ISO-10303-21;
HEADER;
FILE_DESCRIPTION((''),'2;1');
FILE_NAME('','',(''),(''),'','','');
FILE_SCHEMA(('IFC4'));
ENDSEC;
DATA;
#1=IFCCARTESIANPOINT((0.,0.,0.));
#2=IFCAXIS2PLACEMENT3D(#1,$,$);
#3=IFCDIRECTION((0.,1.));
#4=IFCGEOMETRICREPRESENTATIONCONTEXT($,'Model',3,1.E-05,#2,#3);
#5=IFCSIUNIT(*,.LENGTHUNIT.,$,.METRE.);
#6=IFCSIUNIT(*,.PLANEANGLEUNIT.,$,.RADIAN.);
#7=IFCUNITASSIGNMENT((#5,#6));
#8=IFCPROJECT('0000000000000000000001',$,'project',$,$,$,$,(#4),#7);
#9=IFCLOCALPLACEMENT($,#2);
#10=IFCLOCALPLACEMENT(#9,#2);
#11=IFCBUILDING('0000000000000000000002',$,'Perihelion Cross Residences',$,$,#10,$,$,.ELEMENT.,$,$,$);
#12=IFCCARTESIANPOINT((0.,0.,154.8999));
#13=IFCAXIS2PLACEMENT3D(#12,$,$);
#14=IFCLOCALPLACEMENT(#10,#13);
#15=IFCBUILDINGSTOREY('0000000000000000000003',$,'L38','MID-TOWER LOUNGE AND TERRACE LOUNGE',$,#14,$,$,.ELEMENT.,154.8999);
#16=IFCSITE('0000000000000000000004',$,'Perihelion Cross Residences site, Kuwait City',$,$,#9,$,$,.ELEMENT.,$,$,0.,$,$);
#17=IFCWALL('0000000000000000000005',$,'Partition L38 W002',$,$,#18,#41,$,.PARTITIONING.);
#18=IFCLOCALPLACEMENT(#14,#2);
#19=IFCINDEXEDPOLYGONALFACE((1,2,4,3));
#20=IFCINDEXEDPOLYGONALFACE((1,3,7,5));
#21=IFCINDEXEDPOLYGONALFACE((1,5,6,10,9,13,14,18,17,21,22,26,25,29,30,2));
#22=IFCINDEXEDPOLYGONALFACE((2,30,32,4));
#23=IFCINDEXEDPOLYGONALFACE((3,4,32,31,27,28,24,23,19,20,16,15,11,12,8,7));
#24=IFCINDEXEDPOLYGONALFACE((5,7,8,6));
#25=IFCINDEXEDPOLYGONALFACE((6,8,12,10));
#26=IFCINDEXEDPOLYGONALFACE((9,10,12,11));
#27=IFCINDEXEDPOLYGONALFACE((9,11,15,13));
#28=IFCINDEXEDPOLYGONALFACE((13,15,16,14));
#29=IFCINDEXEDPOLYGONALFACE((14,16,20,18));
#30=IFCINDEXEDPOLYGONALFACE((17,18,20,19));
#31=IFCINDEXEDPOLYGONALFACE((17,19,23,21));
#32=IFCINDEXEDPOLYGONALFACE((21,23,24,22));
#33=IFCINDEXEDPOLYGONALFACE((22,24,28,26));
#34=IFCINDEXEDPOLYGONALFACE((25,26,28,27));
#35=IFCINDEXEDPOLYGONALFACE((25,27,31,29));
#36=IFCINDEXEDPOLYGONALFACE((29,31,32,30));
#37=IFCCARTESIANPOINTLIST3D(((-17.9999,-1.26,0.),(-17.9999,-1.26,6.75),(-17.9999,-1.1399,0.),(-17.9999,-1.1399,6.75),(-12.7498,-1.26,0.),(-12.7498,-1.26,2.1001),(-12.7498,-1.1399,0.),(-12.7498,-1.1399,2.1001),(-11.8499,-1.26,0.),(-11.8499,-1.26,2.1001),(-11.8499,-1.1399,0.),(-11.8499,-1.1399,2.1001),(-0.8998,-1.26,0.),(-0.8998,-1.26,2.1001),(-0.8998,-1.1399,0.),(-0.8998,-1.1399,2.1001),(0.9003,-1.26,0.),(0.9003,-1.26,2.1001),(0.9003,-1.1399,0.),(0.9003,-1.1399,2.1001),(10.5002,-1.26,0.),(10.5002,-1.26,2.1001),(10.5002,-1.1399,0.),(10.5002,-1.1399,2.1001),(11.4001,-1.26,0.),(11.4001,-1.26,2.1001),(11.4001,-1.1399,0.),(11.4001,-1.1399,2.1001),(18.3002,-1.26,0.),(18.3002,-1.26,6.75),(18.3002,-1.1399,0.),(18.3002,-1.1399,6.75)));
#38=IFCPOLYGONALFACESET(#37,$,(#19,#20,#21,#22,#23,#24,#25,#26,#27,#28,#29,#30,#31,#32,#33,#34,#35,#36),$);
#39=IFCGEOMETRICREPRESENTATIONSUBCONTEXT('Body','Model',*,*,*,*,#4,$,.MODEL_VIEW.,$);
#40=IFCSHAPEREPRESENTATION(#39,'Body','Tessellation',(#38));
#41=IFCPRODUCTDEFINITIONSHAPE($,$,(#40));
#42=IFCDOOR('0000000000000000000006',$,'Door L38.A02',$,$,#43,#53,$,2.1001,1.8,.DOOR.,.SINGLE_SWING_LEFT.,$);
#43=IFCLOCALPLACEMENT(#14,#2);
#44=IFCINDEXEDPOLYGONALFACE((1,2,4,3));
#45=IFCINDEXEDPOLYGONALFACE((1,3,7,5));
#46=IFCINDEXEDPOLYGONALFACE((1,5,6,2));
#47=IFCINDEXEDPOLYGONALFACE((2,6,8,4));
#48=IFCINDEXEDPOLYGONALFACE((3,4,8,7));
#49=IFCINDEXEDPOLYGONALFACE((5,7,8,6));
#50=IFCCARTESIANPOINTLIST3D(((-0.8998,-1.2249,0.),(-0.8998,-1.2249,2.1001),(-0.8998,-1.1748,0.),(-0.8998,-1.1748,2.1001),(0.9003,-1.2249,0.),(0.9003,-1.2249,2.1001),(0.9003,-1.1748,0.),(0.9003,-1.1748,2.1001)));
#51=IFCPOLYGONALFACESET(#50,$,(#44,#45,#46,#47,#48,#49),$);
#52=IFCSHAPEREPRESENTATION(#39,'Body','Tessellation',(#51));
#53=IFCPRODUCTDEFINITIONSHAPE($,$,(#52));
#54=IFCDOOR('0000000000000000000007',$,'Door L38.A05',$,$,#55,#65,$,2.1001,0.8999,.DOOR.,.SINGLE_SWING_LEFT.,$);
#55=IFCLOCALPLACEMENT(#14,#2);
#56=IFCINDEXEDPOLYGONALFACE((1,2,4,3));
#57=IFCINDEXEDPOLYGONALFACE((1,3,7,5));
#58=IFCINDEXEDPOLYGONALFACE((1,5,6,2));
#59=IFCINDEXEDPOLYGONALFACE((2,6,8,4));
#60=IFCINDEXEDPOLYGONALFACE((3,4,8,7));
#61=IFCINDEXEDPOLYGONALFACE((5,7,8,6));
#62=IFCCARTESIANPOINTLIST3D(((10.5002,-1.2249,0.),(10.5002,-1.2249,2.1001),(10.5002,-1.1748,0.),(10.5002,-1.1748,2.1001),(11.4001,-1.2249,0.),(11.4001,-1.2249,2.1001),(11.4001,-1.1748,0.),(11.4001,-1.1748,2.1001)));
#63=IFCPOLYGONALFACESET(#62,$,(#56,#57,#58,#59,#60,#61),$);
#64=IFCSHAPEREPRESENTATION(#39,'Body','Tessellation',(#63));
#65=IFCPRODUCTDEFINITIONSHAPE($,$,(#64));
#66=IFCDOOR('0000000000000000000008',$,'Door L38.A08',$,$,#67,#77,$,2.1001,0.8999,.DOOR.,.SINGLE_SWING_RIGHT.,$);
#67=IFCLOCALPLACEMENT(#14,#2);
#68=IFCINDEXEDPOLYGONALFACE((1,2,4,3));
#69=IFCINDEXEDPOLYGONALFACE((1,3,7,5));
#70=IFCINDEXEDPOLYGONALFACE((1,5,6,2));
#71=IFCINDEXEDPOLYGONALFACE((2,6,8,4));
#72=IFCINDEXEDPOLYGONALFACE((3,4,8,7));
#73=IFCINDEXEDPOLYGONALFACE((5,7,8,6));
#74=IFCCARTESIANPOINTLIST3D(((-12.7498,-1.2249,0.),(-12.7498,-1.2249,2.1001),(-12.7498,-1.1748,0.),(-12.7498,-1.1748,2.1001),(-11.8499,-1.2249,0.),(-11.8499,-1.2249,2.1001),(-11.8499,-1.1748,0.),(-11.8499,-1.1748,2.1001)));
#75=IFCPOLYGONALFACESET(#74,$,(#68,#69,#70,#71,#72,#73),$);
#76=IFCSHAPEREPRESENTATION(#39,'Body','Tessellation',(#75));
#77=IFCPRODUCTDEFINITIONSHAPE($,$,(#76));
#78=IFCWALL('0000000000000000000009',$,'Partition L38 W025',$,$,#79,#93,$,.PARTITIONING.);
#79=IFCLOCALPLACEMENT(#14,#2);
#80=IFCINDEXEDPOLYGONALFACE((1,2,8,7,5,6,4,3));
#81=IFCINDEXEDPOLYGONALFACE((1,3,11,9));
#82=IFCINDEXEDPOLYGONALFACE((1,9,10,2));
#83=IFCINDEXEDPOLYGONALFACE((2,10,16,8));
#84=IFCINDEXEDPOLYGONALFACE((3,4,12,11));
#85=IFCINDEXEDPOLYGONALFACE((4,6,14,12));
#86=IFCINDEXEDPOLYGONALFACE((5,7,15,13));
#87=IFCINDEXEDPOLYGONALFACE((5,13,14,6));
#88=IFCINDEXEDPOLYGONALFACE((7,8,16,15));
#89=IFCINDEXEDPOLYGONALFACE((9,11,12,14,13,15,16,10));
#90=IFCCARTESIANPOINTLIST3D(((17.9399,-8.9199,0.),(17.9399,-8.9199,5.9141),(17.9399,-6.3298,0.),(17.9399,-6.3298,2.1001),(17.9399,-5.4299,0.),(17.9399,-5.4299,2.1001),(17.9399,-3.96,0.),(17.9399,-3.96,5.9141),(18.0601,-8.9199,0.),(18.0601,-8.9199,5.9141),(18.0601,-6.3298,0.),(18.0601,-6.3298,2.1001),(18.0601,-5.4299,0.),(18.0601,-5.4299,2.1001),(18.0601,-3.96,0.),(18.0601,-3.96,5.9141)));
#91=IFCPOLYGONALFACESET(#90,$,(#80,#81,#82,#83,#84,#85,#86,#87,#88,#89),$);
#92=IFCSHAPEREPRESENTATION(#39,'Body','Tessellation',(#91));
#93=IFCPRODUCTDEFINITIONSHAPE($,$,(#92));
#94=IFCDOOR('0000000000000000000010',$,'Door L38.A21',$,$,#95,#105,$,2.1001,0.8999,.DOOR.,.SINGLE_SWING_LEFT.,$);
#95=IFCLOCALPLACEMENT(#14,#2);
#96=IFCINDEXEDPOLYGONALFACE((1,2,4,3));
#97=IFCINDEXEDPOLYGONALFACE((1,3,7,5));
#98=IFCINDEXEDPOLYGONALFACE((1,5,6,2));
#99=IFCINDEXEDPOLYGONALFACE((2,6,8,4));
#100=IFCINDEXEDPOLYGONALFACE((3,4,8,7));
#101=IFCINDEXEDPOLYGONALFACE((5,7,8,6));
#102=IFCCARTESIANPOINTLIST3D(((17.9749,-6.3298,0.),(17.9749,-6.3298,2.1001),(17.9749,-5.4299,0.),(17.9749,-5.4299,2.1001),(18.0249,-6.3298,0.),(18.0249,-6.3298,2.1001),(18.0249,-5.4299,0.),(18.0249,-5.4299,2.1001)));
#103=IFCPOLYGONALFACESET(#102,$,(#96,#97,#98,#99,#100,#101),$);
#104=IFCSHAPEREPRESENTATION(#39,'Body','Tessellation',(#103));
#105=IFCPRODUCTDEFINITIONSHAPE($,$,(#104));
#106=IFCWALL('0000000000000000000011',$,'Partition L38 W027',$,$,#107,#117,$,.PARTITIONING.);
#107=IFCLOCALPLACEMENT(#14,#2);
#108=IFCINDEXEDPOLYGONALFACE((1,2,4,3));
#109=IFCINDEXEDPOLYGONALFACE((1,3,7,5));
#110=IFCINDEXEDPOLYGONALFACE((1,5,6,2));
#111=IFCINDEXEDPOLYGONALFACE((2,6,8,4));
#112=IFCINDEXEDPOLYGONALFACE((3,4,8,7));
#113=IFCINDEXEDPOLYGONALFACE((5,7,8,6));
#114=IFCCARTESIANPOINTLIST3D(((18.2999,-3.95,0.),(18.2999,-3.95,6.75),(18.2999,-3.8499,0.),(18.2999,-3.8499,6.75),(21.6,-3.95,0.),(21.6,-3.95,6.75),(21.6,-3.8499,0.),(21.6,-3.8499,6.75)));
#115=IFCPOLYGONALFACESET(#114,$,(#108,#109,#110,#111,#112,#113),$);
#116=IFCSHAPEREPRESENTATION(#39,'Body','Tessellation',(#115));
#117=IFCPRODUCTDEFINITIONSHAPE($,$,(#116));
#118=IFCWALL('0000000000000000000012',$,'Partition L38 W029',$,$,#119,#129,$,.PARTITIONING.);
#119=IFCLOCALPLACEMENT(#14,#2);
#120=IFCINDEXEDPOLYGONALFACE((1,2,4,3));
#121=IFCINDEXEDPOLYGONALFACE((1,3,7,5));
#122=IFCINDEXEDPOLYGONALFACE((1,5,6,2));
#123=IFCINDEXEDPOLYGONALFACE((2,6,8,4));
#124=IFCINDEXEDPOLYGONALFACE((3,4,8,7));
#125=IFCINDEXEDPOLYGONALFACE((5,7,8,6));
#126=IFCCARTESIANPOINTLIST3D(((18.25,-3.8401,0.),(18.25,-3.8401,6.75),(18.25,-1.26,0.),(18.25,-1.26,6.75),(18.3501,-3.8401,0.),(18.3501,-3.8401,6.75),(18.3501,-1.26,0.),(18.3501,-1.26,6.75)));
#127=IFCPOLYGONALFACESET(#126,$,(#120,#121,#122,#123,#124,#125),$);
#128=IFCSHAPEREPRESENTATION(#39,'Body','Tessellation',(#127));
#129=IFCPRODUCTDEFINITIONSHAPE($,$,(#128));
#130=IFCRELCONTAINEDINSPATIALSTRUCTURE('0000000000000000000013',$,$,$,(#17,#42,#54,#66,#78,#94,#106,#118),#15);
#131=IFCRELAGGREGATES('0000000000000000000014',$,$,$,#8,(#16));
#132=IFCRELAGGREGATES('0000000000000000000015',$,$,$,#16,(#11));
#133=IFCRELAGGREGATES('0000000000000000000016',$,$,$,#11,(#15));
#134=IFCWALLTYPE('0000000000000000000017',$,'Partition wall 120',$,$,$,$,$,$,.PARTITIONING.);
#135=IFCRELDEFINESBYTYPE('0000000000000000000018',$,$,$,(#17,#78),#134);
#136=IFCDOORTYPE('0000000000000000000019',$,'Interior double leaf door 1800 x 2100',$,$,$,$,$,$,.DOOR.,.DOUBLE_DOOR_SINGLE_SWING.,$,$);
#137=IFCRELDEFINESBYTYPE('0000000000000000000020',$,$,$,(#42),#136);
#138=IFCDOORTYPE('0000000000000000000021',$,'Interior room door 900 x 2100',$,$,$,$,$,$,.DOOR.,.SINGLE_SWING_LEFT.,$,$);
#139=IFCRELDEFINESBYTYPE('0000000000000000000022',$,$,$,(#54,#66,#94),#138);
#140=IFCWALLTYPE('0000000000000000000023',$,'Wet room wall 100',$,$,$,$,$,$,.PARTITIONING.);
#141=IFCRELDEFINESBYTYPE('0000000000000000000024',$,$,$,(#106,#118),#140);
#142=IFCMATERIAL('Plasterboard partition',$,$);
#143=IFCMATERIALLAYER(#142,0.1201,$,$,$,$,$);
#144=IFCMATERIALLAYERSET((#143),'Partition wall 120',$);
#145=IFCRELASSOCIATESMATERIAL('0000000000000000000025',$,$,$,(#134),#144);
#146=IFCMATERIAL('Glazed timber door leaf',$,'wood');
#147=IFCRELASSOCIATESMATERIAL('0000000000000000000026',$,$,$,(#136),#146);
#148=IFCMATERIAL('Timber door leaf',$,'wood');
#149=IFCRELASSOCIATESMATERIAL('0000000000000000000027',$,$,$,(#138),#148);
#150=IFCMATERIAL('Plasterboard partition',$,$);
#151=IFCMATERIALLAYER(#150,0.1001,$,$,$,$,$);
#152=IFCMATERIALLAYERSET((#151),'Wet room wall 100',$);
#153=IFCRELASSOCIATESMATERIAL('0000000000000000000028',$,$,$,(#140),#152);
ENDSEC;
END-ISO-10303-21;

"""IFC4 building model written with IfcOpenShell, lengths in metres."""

from ifc_helpers import new_model, si_unit, direction, frame, frame_2d, origin, place, context, subcontext, project, spatial, rectangle, extrude, material, layer, layer_set, type_object, element, fill, save


model = new_model("IFC4")

# Units and contexts
model_context = context("Model", 3, precision=1e-05, world=origin(), true_north=direction((0.0, 1.0)))
body_context = subcontext(model_context, "Body", "Model", "MODEL_VIEW")
ifc_project = project(units=[si_unit("LENGTHUNIT", "METRE"), si_unit("PLANEANGLEUNIT", "RADIAN")], contexts=[model_context])

# Site, building, storey
site_placement = place(None, origin())
site = spatial("IfcSite", under=ifc_project, at=site_placement, Name="Perihelion Cross Residences site, Kuwait City", CompositionType="ELEMENT", RefElevation=0.0)
building_placement = place(site_placement, origin())
building = spatial("IfcBuilding", under=site, at=building_placement, Name="Perihelion Cross Residences", CompositionType="ELEMENT")
storey_placement = place(building_placement, frame((0.0, 0.0, 154.8999)))
storey = spatial("IfcBuildingStorey", under=building, at=storey_placement, Name="L38", Description="MID-TOWER LOUNGE AND TERRACE LOUNGE", CompositionType="ELEMENT", Elevation=154.8999)

# Wall, openings, doors
ifc_material_1 = material(Name="Plasterboard partition")
ifc_layer_1 = layer(ifc_material_1, 0.1201)
ifc_layer_set_1 = layer_set([ifc_layer_1], Name="Partition wall 120")
wall_type_1 = type_object("IfcWallType", Name="Partition wall 120", PredefinedType="PARTITIONING", material=ifc_layer_set_1)
wall_1_placement = place(storey_placement, frame((18.3, -1.2, 0.0), z_axis=(0.0, 0.0, 1.0), x_axis=(-1.0, 0.0, 0.0)))
wall_1 = element("IfcWall", 1, at=wall_1_placement, inside=storey, type_object=wall_type_1, Name="Partition L38 W002", PredefinedType="PARTITIONING", context=body_context, shape_type="SweptSolid", body=[
    extrude(rectangle(XDim=36.3, YDim=0.1201, at=frame_2d((18.1499, 0.0))), origin(), (0.0, 0.0, 1.0), 6.75),
])
opening_1_placement = place(wall_1_placement, frame((17.3999, 0.0, 0.0)))
opening_1 = element("IfcOpeningElement", 2, at=opening_1_placement, cuts=wall_1, PredefinedType="OPENING", context=body_context, shape_type="SweptSolid", body=[
    extrude(rectangle(XDim=1.8, YDim=2.1001, at=frame_2d((0.8999, 1.05))), frame((0.0, 0.0701, 0.0), z_axis=(0.0, -1.0, 0.0), x_axis=(1.0, 0.0, 0.0)), (0.0, 0.0, 1.0), 0.1401),
])
opening_2_placement = place(wall_1_placement, frame((6.8999, 0.0, 0.0)))
opening_2 = element("IfcOpeningElement", 3, at=opening_2_placement, cuts=wall_1, PredefinedType="OPENING", context=body_context, shape_type="SweptSolid", body=[
    extrude(rectangle(XDim=0.8999, YDim=2.1001, at=frame_2d((0.45, 1.05))), frame((0.0, 0.0701, 0.0), z_axis=(0.0, -1.0, 0.0), x_axis=(1.0, 0.0, 0.0)), (0.0, 0.0, 1.0), 0.1401),
])
opening_3_placement = place(wall_1_placement, frame((30.1499, 0.0, 0.0)))
opening_3 = element("IfcOpeningElement", 4, at=opening_3_placement, cuts=wall_1, PredefinedType="OPENING", context=body_context, shape_type="SweptSolid", body=[
    extrude(rectangle(XDim=0.8999, YDim=2.1001, at=frame_2d((0.45, 1.05))), frame((0.0, 0.0701, 0.0), z_axis=(0.0, -1.0, 0.0), x_axis=(1.0, 0.0, 0.0)), (0.0, 0.0, 1.0), 0.1401),
])
ifc_material_2 = material(Name="Glazed timber door leaf", Category="wood")
door_type_1 = type_object("IfcDoorType", Name="Interior double leaf door 1800 x 2100", OperationType="DOUBLE_DOOR_SINGLE_SWING", PredefinedType="DOOR", material=ifc_material_2)
door_1_placement = place(opening_1_placement, origin())
door_1 = element("IfcDoor", 5, at=door_1_placement, inside=storey, type_object=door_type_1, Name="Door L38.A02", OperationType="SINGLE_SWING_LEFT", OverallHeight=2.1001, OverallWidth=1.8, PredefinedType="DOOR", context=body_context, shape_type="SweptSolid", body=[
    extrude(rectangle(XDim=1.8, YDim=2.1001, at=frame_2d((0.8999, 1.05))), frame((0.0, 0.0249, 0.0), z_axis=(0.0, -1.0, 0.0), x_axis=(1.0, 0.0, 0.0)), (0.0, 0.0, 1.0), 0.05),
])
fill(opening_1, door_1)
ifc_material_3 = material(Name="Timber door leaf", Category="wood")
door_type_2 = type_object("IfcDoorType", Name="Interior room door 900 x 2100", OperationType="SINGLE_SWING_LEFT", PredefinedType="DOOR", material=ifc_material_3)
door_2_placement = place(opening_2_placement, origin())
door_2 = element("IfcDoor", 6, at=door_2_placement, inside=storey, type_object=door_type_2, Name="Door L38.A05", OperationType="SINGLE_SWING_LEFT", OverallHeight=2.1001, OverallWidth=0.8999, PredefinedType="DOOR", context=body_context, shape_type="SweptSolid", body=[
    extrude(rectangle(XDim=0.8999, YDim=2.1001, at=frame_2d((0.45, 1.05))), frame((0.0, 0.0249, 0.0), z_axis=(0.0, -1.0, 0.0), x_axis=(1.0, 0.0, 0.0)), (0.0, 0.0, 1.0), 0.05),
])
fill(opening_2, door_2)
door_3_placement = place(opening_3_placement, origin())
door_3 = element("IfcDoor", 7, at=door_3_placement, inside=storey, type_object=door_type_2, Name="Door L38.A08", OperationType="SINGLE_SWING_RIGHT", OverallHeight=2.1001, OverallWidth=0.8999, PredefinedType="DOOR", context=body_context, shape_type="SweptSolid", body=[
    extrude(rectangle(XDim=0.8999, YDim=2.1001, at=frame_2d((0.45, 1.05))), frame((0.0, 0.0249, 0.0), z_axis=(0.0, -1.0, 0.0), x_axis=(1.0, 0.0, 0.0)), (0.0, 0.0, 1.0), 0.05),
])
fill(opening_3, door_3)

# Wall, opening, door
wall_2_placement = place(storey_placement, frame((18.0, -3.96, 0.0), z_axis=(0.0, 0.0, 1.0), x_axis=(0.0, -1.0, 0.0)))
wall_2 = element("IfcWall", 8, at=wall_2_placement, inside=storey, type_object=wall_type_1, Name="Partition L38 W025", PredefinedType="PARTITIONING", context=body_context, shape_type="SweptSolid", body=[
    extrude(rectangle(XDim=4.96, YDim=0.1201, at=frame_2d((2.48, 0.0))), origin(), (0.0, 0.0, 1.0), 5.9141),
])
opening_4_placement = place(wall_2_placement, frame((1.47, 0.0, 0.0)))
opening_4 = element("IfcOpeningElement", 9, at=opening_4_placement, cuts=wall_2, PredefinedType="OPENING", context=body_context, shape_type="SweptSolid", body=[
    extrude(rectangle(XDim=0.8999, YDim=2.1001, at=frame_2d((0.45, 1.05))), frame((0.0, 0.0701, 0.0), z_axis=(0.0, -1.0, 0.0), x_axis=(1.0, 0.0, 0.0)), (0.0, 0.0, 1.0), 0.1401),
])
door_4_placement = place(opening_4_placement, origin())
door_4 = element("IfcDoor", 10, at=door_4_placement, inside=storey, type_object=door_type_2, Name="Door L38.A21", OperationType="SINGLE_SWING_LEFT", OverallHeight=2.1001, OverallWidth=0.8999, PredefinedType="DOOR", context=body_context, shape_type="SweptSolid", body=[
    extrude(rectangle(XDim=0.8999, YDim=2.1001, at=frame_2d((0.45, 1.05))), frame((0.0, 0.0249, 0.0), z_axis=(0.0, -1.0, 0.0), x_axis=(1.0, 0.0, 0.0)), (0.0, 0.0, 1.0), 0.05),
])
fill(opening_4, door_4)

# Walls
ifc_material_4 = material(Name="Plasterboard partition")
ifc_layer_2 = layer(ifc_material_4, 0.1001)
ifc_layer_set_2 = layer_set([ifc_layer_2], Name="Wet room wall 100")
wall_type_2 = type_object("IfcWallType", Name="Wet room wall 100", PredefinedType="PARTITIONING", material=ifc_layer_set_2)
wall_3_placement = place(storey_placement, frame((18.3, -3.8999, 0.0), z_axis=(0.0, 0.0, 1.0), x_axis=(1.0, 0.0, 0.0)))
element("IfcWall", 11, at=wall_3_placement, inside=storey, type_object=wall_type_2, Name="Partition L38 W027", PredefinedType="PARTITIONING", context=body_context, shape_type="SweptSolid", body=[
    extrude(rectangle(XDim=3.3, YDim=0.1001, at=frame_2d((1.6499, 0.0))), origin(), (0.0, 0.0, 1.0), 6.75),
])
wall_4_placement = place(storey_placement, frame((18.3, -1.26, 0.0), z_axis=(0.0, 0.0, 1.0), x_axis=(0.0, -1.0, 0.0)))
element("IfcWall", 12, at=wall_4_placement, inside=storey, type_object=wall_type_2, Name="Partition L38 W029", PredefinedType="PARTITIONING", context=body_context, shape_type="SweptSolid", body=[
    extrude(rectangle(XDim=2.5801, YDim=0.1001, at=frame_2d((1.29, 0.0))), origin(), (0.0, 0.0, 1.0), 6.75),
])

save(model, "model.ifc")
